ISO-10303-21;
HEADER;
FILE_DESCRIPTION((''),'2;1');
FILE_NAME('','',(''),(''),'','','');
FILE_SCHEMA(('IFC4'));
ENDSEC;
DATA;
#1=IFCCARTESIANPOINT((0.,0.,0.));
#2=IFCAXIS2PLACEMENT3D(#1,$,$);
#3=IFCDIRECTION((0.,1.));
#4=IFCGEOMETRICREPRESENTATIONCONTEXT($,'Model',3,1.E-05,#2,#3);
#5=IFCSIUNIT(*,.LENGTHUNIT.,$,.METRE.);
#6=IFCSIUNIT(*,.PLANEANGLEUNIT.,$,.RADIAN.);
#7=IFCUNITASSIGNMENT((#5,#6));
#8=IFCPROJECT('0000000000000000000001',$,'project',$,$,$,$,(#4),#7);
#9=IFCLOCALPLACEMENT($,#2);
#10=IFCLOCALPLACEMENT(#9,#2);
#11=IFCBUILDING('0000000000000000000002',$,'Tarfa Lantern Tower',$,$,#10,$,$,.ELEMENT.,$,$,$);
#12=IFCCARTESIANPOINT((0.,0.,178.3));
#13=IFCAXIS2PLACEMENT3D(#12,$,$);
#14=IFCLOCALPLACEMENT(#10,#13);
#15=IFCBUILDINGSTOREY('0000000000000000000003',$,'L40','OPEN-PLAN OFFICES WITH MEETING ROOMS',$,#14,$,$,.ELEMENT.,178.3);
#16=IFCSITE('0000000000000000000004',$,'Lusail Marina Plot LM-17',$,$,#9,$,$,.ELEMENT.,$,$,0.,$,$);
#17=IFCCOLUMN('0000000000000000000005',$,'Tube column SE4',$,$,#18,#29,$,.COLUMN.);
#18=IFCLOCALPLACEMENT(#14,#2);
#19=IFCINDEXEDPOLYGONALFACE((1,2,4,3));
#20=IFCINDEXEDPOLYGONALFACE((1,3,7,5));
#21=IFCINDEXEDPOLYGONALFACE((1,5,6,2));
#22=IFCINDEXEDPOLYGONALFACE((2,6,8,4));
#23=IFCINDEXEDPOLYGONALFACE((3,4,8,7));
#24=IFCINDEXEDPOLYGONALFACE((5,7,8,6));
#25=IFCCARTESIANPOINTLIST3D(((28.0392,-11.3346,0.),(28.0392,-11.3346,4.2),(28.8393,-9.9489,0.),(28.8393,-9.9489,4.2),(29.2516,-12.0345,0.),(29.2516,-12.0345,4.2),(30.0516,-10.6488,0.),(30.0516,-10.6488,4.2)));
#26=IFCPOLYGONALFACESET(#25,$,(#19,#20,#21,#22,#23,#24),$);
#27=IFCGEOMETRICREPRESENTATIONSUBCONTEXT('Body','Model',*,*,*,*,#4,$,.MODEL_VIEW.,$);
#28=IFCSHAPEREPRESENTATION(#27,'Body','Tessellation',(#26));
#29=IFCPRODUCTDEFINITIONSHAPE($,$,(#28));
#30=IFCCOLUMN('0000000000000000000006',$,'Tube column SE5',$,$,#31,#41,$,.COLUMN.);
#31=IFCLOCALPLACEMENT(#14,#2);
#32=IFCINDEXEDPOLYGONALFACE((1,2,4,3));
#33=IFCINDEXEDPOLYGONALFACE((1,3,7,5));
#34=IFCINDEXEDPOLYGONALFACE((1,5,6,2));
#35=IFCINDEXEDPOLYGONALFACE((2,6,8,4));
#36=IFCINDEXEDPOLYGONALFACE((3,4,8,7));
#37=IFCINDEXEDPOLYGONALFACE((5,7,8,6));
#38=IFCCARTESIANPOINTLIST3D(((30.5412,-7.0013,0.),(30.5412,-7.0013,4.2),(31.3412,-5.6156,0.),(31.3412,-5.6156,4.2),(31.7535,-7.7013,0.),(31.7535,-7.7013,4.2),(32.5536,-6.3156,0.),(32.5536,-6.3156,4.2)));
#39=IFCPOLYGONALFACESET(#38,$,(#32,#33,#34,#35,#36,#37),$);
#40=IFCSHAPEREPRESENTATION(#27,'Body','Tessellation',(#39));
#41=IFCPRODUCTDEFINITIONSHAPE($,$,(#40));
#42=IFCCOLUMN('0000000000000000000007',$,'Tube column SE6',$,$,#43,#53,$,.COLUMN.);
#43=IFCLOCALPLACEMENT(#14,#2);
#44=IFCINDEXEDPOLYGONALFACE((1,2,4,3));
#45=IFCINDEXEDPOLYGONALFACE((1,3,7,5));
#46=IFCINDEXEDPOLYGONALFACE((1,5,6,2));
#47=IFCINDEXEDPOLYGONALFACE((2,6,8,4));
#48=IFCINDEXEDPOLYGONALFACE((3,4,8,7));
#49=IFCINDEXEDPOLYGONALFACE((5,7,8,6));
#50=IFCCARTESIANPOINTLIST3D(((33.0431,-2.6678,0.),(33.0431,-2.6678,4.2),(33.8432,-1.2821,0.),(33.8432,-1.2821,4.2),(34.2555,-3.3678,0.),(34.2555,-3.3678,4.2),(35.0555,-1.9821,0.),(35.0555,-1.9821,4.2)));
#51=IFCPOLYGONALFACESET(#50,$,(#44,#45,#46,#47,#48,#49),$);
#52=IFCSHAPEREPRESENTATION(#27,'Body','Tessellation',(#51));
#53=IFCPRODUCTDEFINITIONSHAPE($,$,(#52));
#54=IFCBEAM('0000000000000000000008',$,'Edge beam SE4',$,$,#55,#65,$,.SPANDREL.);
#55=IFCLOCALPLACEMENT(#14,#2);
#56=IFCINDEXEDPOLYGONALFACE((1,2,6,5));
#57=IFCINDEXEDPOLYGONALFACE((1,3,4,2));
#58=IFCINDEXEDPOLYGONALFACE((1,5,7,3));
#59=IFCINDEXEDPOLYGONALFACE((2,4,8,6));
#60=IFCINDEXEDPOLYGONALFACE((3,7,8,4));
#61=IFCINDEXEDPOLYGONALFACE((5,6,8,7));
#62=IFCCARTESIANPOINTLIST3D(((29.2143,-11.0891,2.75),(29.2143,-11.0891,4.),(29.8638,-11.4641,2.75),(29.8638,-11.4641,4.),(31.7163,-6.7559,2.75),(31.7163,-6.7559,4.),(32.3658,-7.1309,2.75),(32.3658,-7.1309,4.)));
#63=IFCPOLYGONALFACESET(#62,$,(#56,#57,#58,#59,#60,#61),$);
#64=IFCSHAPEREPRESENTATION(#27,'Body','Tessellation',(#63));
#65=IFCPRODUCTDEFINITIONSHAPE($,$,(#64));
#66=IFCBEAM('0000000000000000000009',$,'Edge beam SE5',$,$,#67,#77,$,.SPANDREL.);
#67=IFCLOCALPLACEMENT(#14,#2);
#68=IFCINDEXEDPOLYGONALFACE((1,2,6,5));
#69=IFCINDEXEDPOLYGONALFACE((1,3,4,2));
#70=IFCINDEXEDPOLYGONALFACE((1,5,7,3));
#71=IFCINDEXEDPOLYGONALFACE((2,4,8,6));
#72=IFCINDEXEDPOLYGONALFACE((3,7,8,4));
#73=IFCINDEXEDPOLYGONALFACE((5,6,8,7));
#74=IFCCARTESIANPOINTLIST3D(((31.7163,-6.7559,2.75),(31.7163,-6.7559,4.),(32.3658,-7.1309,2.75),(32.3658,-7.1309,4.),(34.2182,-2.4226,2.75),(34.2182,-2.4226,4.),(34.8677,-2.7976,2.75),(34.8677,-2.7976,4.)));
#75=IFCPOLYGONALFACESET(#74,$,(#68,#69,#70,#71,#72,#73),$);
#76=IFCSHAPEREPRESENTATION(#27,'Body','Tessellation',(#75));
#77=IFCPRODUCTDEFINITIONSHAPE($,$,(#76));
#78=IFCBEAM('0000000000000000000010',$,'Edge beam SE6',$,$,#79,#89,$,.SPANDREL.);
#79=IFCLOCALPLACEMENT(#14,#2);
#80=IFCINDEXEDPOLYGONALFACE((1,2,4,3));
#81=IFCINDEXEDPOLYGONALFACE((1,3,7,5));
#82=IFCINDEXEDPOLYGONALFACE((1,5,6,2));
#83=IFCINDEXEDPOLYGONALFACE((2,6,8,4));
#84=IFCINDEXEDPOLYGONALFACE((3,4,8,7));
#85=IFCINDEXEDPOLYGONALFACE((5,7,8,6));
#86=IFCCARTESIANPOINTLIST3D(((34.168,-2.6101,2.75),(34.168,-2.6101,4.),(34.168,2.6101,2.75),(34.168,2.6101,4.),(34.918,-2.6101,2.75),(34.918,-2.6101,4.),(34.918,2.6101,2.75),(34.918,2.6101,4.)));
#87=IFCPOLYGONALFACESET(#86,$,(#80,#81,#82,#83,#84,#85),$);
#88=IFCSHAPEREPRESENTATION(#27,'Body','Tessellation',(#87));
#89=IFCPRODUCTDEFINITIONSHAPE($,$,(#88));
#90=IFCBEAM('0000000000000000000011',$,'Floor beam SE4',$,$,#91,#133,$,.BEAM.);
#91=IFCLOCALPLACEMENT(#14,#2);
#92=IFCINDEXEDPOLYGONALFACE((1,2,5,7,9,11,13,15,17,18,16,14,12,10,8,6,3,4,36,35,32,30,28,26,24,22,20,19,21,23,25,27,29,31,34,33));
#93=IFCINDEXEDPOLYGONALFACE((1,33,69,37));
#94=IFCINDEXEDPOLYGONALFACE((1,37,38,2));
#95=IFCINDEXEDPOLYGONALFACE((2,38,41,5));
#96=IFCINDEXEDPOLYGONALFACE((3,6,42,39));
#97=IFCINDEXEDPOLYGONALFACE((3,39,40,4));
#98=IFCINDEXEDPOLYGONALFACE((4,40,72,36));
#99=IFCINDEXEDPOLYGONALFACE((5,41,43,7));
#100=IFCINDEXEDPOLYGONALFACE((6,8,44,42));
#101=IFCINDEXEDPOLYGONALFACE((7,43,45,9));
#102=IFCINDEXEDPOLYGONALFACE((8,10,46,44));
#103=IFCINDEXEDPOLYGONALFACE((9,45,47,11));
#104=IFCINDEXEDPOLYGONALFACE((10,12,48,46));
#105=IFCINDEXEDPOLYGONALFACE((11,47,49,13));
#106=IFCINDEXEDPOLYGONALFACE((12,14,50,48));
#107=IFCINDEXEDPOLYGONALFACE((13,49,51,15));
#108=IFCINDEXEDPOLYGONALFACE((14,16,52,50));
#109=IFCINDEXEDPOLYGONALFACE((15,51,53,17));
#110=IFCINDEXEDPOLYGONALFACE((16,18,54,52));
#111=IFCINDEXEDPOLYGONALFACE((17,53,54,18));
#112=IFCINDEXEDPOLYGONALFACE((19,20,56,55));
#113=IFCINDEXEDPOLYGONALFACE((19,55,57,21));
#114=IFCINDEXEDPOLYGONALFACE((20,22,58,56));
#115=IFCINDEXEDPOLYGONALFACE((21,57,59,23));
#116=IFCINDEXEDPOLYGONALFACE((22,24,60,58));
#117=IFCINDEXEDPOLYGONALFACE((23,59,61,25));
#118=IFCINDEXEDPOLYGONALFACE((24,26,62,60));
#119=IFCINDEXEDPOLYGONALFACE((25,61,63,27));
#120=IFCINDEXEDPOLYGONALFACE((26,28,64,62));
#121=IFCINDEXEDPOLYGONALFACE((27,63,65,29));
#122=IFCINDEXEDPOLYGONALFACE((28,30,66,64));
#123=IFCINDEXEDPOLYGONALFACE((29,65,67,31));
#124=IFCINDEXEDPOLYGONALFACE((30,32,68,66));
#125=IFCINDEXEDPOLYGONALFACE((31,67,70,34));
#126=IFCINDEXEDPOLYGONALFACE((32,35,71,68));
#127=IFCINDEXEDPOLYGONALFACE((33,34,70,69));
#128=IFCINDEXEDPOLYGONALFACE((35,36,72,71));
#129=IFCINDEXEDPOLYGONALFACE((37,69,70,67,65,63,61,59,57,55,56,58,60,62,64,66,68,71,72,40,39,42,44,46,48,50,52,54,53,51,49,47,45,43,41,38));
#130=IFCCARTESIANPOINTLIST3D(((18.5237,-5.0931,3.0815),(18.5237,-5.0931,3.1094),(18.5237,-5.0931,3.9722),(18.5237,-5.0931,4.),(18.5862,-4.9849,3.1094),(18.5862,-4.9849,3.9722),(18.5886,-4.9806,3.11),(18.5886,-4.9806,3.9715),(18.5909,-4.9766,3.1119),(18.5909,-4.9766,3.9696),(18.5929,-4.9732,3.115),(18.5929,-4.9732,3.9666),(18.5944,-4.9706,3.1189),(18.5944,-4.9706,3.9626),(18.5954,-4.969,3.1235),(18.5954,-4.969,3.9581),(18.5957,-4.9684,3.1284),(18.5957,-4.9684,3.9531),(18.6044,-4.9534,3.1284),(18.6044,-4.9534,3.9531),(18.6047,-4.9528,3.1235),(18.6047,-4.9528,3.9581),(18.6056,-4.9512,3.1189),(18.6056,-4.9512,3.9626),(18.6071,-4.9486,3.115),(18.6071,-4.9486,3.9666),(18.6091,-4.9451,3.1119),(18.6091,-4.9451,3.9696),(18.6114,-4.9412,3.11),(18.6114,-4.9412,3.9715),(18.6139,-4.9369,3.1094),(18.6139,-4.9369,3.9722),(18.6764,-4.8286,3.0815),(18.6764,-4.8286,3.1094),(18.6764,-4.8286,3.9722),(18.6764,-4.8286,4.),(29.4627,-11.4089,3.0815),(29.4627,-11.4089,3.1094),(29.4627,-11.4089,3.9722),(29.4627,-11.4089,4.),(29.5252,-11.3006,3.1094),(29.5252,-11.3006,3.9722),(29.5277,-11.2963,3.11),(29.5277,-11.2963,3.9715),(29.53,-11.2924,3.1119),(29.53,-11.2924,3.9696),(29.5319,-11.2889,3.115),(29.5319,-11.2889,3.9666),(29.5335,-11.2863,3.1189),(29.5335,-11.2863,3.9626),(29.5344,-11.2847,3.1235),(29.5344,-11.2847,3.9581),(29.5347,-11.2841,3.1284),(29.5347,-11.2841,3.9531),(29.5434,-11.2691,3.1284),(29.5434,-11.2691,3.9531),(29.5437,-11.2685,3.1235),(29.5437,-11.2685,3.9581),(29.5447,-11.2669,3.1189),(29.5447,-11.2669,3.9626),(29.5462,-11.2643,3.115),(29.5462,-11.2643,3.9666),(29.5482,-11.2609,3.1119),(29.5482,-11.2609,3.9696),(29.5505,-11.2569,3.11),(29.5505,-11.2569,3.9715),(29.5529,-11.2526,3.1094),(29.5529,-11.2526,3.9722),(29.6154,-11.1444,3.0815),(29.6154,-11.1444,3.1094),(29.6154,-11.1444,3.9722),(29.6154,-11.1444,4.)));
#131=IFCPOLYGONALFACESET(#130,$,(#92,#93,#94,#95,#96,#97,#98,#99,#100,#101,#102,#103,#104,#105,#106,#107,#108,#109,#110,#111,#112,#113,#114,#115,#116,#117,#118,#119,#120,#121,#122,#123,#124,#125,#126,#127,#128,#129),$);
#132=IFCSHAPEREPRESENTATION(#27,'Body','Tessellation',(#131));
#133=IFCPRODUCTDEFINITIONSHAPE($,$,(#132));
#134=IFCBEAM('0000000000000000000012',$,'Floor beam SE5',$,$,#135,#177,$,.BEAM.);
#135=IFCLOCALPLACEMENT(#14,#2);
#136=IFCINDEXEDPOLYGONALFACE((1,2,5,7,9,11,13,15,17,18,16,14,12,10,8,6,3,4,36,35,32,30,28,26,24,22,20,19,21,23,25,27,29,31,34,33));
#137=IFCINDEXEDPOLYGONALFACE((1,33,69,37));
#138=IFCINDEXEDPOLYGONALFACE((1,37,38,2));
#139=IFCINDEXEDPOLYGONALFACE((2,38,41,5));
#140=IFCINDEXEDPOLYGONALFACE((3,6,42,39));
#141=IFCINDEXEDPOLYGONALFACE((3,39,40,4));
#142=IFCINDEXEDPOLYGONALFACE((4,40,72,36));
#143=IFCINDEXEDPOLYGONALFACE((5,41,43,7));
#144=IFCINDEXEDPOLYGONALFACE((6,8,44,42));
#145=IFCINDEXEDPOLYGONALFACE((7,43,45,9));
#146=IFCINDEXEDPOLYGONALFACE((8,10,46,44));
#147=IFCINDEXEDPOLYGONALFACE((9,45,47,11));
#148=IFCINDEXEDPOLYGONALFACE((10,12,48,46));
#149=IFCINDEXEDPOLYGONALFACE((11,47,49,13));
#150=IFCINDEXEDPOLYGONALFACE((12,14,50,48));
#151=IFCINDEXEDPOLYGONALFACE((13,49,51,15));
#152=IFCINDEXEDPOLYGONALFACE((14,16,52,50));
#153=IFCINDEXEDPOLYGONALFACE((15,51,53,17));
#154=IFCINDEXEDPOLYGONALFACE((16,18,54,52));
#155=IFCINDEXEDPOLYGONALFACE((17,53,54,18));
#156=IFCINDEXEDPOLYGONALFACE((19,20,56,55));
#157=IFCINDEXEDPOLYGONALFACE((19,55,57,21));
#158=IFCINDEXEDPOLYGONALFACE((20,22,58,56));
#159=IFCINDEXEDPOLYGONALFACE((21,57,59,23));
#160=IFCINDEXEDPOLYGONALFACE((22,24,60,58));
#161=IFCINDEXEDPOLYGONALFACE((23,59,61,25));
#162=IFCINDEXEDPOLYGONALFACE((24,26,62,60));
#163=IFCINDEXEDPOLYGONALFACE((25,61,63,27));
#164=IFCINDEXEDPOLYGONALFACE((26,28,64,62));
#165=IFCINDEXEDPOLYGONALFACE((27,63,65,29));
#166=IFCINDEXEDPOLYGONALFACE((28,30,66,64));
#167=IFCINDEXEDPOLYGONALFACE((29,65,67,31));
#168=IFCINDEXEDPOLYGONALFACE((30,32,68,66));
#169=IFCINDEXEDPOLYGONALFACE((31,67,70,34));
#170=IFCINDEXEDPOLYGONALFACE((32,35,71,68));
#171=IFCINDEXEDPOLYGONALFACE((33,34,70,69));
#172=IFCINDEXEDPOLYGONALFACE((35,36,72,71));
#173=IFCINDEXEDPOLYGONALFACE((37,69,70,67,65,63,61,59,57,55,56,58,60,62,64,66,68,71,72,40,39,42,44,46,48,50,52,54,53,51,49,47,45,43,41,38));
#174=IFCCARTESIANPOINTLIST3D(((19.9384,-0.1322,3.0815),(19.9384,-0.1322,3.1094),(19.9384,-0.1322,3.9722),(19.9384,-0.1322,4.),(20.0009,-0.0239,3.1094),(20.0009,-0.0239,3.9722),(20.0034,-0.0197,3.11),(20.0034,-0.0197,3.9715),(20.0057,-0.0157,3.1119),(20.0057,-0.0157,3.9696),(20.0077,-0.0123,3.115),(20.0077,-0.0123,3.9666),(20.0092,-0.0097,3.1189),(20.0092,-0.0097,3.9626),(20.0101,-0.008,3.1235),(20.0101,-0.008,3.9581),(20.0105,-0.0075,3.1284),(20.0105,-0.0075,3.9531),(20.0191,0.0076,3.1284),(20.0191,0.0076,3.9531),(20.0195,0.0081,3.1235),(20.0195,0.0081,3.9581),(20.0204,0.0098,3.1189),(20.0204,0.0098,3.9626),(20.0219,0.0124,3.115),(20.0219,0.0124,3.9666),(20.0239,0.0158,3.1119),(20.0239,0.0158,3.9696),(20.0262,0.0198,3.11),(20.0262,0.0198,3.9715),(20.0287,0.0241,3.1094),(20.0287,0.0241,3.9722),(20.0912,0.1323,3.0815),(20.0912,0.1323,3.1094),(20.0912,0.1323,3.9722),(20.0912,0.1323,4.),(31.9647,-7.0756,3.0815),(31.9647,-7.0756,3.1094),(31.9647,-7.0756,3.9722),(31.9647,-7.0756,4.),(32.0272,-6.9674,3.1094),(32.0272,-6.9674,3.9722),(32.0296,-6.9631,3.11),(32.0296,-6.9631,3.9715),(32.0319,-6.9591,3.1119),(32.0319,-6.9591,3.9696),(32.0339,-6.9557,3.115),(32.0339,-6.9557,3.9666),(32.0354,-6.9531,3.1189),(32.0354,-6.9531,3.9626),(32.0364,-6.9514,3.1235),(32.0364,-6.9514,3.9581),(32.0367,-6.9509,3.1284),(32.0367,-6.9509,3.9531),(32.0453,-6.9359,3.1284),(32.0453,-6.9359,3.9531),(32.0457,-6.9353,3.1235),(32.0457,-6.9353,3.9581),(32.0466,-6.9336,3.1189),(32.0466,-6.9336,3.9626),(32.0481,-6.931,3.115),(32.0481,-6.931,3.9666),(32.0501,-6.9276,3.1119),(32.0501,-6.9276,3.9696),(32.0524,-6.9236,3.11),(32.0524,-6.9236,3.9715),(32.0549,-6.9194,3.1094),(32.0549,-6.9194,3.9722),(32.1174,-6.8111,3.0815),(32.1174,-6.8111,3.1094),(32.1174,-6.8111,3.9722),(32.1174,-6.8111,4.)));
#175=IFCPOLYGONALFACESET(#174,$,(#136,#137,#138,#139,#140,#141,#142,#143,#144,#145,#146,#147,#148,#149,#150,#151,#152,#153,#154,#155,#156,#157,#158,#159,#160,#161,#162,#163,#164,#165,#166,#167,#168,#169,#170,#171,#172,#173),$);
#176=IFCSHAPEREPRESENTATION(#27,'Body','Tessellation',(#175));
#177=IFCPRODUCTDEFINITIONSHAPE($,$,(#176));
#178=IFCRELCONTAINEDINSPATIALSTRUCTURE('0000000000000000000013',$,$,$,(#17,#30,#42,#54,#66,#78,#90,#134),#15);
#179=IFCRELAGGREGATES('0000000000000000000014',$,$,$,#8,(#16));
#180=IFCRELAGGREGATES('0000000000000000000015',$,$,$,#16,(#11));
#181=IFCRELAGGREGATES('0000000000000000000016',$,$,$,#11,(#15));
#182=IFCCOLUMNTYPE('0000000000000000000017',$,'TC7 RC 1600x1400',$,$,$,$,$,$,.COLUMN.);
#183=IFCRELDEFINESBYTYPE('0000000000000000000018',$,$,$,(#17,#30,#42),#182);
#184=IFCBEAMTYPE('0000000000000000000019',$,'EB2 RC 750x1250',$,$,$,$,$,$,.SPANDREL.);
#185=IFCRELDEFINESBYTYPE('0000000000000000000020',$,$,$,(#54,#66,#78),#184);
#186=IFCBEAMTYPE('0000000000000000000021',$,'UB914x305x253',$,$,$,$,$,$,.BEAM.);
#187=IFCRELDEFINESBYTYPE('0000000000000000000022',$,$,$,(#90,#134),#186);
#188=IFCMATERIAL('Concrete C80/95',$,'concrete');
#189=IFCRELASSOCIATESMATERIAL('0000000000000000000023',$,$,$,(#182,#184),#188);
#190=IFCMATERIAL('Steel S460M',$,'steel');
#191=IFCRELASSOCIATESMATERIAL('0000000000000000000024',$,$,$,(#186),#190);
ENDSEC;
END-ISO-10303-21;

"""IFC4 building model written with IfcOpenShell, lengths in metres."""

from ifc_helpers import new_model, si_unit, direction, frame, origin, origin_2d, place, context, subcontext, project, spatial, rectangle, i_section, extrude, material, material_profile, profile_set, type_object, element, save


model = new_model("IFC4")

# Units and contexts
model_context = context("Model", 3, precision=1e-05, world=origin(), true_north=direction((0.0, 1.0)))
body_context = subcontext(model_context, "Body", "Model", "MODEL_VIEW")
ifc_project = project(units=[si_unit("LENGTHUNIT", "METRE"), si_unit("PLANEANGLEUNIT", "RADIAN")], contexts=[model_context])

# Site, building, storey
site_placement = place(None, origin())
site = spatial("IfcSite", under=ifc_project, at=site_placement, Name="Lusail Marina Plot LM-17", CompositionType="ELEMENT", RefElevation=0.0)
building_placement = place(site_placement, origin())
building = spatial("IfcBuilding", under=site, at=building_placement, Name="Tarfa Lantern Tower", CompositionType="ELEMENT")
storey_placement = place(building_placement, frame((0.0, 0.0, 178.3)))
storey = spatial("IfcBuildingStorey", under=building, at=storey_placement, Name="L40", Description="OPEN-PLAN OFFICES WITH MEETING ROOMS", CompositionType="ELEMENT", Elevation=178.3)

# Columns
ifc_material_1 = material(Name="Concrete C80/95", Category="concrete")
ifc_material_profile_1 = material_profile(ifc_material_1, rectangle(XDim=1.6001, YDim=1.3999, at=origin_2d()), Name="RC 1600x1400")
ifc_profile_set_1 = profile_set([ifc_material_profile_1], Name="Concrete C80/95")
column_type = type_object("IfcColumnType", Name="TC7 RC 1600x1400", PredefinedType="COLUMN", material=ifc_profile_set_1)
for number, where, z_axis, x_axis, name in (
    (1, (29.0454, -10.9917, 0.0), (0.0, 0.0, 1.0), (0.5, 0.866025, 0.0), "Tube column SE4"),
    (2, (31.5474, -6.6584, 0.0), (0.0, 0.0, 1.0), (0.5, 0.866025, 0.0), "Tube column SE5"),
    (3, (34.0493, -2.325, 0.0), (0.0, 0.0, 1.0), (0.5, 0.866025, 0.0), "Tube column SE6"),
):
    element("IfcColumn", number, at=place(storey_placement, frame(where, z_axis=z_axis, x_axis=x_axis)), inside=storey, type_object=column_type, Name=name, PredefinedType="COLUMN", context=body_context, shape_type="SweptSolid", body=[
        extrude(rectangle(XDim=1.6001, YDim=1.3999, at=origin_2d()), origin(), (0.0, 0.0, 1.0), 4.2),
    ])

# Beams
ifc_material_profile_2 = material_profile(ifc_material_1, rectangle(XDim=0.75, YDim=1.25, at=origin_2d()), Name="RC 750x1250")
ifc_profile_set_2 = profile_set([ifc_material_profile_2], Name="Concrete C80/95")
beam_type_1 = type_object("IfcBeamType", Name="EB2 RC 750x1250", PredefinedType="SPANDREL", material=ifc_profile_set_2)
for number, where, z_axis, x_axis, name in (
    (4, (29.5391, -11.2766, 3.375), (0.500022, 0.866013, 0.0), (-0.866013, 0.500022, 0.0), "Edge beam SE4"),
    (5, (32.041, -6.9434, 3.375), (0.500022, 0.866013, 0.0), (-0.866013, 0.500022, 0.0), "Edge beam SE5"),
):
    element("IfcBeam", number, at=place(storey_placement, frame(where, z_axis=z_axis, x_axis=x_axis)), inside=storey, type_object=beam_type_1, Name=name, PredefinedType="SPANDREL", context=body_context, shape_type="SweptSolid", body=[
        extrude(rectangle(XDim=0.75, YDim=1.25, at=origin_2d()), origin(), (0.0, 0.0, 1.0), 5.0037),
    ])
beam_1_placement = place(storey_placement, frame((34.543, -2.6101, 3.375), z_axis=(0.0, 1.0, 0.0), x_axis=(-1.0, 0.0, 0.0)))
element("IfcBeam", 6, at=beam_1_placement, inside=storey, type_object=beam_type_1, Name="Edge beam SE6", PredefinedType="SPANDREL", context=body_context, shape_type="SweptSolid", body=[
    extrude(rectangle(XDim=0.75, YDim=1.25, at=origin_2d()), origin(), (0.0, 0.0, 1.0), 5.2202),
])
ifc_material_2 = material(Name="Steel S460M", Category="steel")
ifc_material_profile_3 = material_profile(ifc_material_2, i_section(OverallWidth=0.3054, OverallDepth=0.9185, WebThickness=0.0173, FlangeThickness=0.0278, FilletRadius=0.019, at=origin_2d()), Name="UB914x305x253")
ifc_profile_set_3 = profile_set([ifc_material_profile_3], Name="Steel S460M")
beam_type_2 = type_object("IfcBeamType", Name="UB914x305x253", PredefinedType="BEAM", material=ifc_profile_set_3)
beam_2_placement = place(storey_placement, frame((29.5391, -11.2766, 3.5408), z_axis=(-0.866023, 0.500004, 0.0), x_axis=(-0.500004, -0.866023, 0.0)))
element("IfcBeam", 7, at=beam_2_placement, inside=storey, type_object=beam_type_2, Name="Floor beam SE4", PredefinedType="BEAM", context=body_context, shape_type="SweptSolid", body=[
    extrude(i_section(OverallWidth=0.3054, OverallDepth=0.9185, WebThickness=0.0173, FlangeThickness=0.0278, FilletRadius=0.019, at=origin_2d()), origin(), (0.0, 0.0, 1.0), 12.6313),
])
beam_3_placement = place(storey_placement, frame((32.041, -6.9434, 3.5408), z_axis=(-0.866023, 0.500004, 0.0), x_axis=(-0.500004, -0.866023, 0.0)))
element("IfcBeam", 8, at=beam_3_placement, inside=storey, type_object=beam_type_2, Name="Floor beam SE5", PredefinedType="BEAM", context=body_context, shape_type="SweptSolid", body=[
    extrude(i_section(OverallWidth=0.3054, OverallDepth=0.9185, WebThickness=0.0173, FlangeThickness=0.0278, FilletRadius=0.019, at=origin_2d()), origin(), (0.0, 0.0, 1.0), 13.8867),
])

save(model, "model.ifc")
